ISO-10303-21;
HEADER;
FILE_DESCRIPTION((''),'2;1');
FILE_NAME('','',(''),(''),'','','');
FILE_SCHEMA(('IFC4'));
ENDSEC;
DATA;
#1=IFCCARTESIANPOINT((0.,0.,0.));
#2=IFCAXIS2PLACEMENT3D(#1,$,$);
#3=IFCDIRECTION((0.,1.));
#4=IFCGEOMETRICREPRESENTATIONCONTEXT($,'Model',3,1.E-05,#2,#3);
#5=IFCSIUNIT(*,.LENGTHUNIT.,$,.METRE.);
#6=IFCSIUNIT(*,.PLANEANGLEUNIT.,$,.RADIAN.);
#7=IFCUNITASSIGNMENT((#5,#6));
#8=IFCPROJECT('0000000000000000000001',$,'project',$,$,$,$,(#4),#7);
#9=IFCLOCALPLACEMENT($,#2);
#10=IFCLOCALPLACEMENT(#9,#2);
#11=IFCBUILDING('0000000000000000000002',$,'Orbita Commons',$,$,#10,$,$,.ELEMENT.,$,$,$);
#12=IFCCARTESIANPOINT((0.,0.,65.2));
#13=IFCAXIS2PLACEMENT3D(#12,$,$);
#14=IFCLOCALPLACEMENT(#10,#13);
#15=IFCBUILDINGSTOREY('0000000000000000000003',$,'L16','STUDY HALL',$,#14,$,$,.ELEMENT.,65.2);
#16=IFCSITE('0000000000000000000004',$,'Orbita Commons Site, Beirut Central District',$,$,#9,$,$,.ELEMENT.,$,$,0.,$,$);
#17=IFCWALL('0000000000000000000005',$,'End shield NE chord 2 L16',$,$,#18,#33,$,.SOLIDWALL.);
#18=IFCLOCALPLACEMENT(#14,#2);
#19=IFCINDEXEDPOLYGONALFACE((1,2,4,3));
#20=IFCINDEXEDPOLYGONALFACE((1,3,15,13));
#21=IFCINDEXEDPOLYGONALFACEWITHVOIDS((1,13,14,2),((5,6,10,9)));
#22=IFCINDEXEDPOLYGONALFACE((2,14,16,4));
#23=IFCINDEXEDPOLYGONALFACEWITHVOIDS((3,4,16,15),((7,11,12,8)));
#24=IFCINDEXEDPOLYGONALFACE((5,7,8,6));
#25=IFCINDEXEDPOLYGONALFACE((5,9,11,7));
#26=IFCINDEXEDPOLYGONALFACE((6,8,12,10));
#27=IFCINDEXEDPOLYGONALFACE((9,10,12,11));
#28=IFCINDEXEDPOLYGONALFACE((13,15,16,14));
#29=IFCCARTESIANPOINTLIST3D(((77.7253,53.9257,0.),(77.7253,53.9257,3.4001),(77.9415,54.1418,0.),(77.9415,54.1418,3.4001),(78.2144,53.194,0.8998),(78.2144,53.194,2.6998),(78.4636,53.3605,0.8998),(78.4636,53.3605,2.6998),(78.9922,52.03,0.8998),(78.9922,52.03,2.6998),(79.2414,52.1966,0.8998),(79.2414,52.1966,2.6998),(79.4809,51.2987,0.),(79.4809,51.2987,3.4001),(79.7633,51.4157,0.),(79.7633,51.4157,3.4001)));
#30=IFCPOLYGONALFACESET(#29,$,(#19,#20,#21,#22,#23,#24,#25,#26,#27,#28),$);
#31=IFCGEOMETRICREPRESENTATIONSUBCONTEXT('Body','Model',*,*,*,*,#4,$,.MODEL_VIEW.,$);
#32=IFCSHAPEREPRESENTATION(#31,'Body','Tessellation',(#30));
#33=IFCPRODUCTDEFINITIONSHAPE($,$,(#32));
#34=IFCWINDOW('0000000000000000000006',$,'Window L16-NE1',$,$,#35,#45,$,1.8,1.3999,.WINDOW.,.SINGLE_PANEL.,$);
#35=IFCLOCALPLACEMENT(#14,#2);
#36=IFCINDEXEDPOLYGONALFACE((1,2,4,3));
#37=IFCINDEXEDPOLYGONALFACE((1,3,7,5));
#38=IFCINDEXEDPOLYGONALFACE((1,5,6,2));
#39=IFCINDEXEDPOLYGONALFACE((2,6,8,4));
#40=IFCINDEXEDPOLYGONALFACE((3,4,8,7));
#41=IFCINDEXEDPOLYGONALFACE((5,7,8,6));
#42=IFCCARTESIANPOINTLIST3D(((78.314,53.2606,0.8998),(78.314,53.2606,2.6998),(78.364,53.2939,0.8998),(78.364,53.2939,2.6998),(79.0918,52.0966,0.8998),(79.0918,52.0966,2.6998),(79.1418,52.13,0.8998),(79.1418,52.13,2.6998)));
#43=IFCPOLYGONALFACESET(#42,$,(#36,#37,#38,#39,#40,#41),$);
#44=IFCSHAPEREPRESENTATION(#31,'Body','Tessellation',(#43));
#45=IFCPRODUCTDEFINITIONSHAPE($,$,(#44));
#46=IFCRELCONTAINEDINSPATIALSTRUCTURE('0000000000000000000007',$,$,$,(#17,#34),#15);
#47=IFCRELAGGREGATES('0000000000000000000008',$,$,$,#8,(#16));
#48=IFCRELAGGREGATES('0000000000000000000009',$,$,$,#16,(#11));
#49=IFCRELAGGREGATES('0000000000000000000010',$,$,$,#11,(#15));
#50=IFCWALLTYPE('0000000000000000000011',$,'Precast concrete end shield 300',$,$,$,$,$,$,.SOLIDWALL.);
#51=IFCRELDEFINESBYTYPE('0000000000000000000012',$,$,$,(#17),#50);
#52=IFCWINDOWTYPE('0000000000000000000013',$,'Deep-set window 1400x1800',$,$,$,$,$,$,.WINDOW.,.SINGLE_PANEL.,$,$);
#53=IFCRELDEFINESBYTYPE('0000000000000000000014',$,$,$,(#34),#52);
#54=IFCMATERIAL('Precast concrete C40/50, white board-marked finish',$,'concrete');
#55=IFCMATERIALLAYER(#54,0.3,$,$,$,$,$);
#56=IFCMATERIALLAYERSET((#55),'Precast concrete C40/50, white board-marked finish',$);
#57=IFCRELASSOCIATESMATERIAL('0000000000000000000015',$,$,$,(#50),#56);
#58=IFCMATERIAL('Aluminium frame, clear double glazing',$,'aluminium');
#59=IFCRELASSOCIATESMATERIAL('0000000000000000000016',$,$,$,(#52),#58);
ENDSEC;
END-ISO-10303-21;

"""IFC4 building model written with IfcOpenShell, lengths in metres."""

from ifc_helpers import new_model, si_unit, direction, frame, frame_2d, origin, place, context, subcontext, project, spatial, polyline, rectangle, outline, extrude, material, layer, layer_set, type_object, element, fill, save


model = new_model("IFC4")

# Units and contexts
model_context = context("Model", 3, precision=1e-05, world=origin(), true_north=direction((0.0, 1.0)))
body_context = subcontext(model_context, "Body", "Model", "MODEL_VIEW")
ifc_project = project(units=[si_unit("LENGTHUNIT", "METRE"), si_unit("PLANEANGLEUNIT", "RADIAN")], contexts=[model_context])

# Site, building, storey
site_placement = place(None, origin())
site = spatial("IfcSite", under=ifc_project, at=site_placement, Name="Orbita Commons Site, Beirut Central District", CompositionType="ELEMENT", RefElevation=0.0)
building_placement = place(site_placement, origin())
building = spatial("IfcBuilding", under=site, at=building_placement, Name="Orbita Commons", CompositionType="ELEMENT")
storey_placement = place(building_placement, frame((0.0, 0.0, 65.2)))
storey = spatial("IfcBuildingStorey", under=building, at=storey_placement, Name="L16", Description="STUDY HALL", CompositionType="ELEMENT", Elevation=65.2)

# Wall, opening, window
ifc_material_1 = material(Name="Precast concrete C40/50, white board-marked finish", Category="concrete")
ifc_layer_1 = layer(ifc_material_1, 0.3)
ifc_layer_set_1 = layer_set([ifc_layer_1], Name="Precast concrete C40/50, white board-marked finish")
wall_type_1 = type_object("IfcWallType", Name="Precast concrete end shield 300", PredefinedType="SOLIDWALL", material=ifc_layer_set_1)
wall_1_placement = place(storey_placement, frame((79.6221, 51.3572, 0.0), z_axis=(0.0, 0.0, 1.0), x_axis=(-0.55561, 0.831443, 0.0)))
wall_1 = element("IfcWall", 1, at=wall_1_placement, inside=storey, type_object=wall_type_1, Name="End shield NE chord 2 L16", PredefinedType="SOLIDWALL", context=body_context, shape_type="SweptSolid", body=[
    extrude(outline(polyline([(-0.0298, -0.1499), (3.249, -0.1499), (3.1895, 0.1499), (0.0298, 0.1499), (-0.0298, -0.1499)])), origin(), (0.0, 0.0, 1.0), 3.4001),
])
opening_1_placement = place(wall_1_placement, frame((0.9094, 0.0, 0.8999)))
opening_1 = element("IfcOpeningElement", 2, at=opening_1_placement, cuts=wall_1, PredefinedType="OPENING", context=body_context, shape_type="SweptSolid", body=[
    extrude(rectangle(XDim=1.3999, YDim=1.8, at=frame_2d((0.7, 0.8999))), frame((0.0, 0.1599, 0.0), z_axis=(0.0, -1.0, 0.0), x_axis=(1.0, 0.0, 0.0)), (0.0, 0.0, 1.0), 0.3201),
])
ifc_material_2 = material(Name="Aluminium frame, clear double glazing", Category="aluminium")
window_type = type_object("IfcWindowType", Name="Deep-set window 1400x1800", PartitioningType="SINGLE_PANEL", PredefinedType="WINDOW", material=ifc_material_2)
window_placement = place(opening_1_placement, origin())
window = element("IfcWindow", 3, at=window_placement, inside=storey, type_object=window_type, Name="Window L16-NE1", OverallHeight=1.8, OverallWidth=1.3999, PartitioningType="SINGLE_PANEL", PredefinedType="WINDOW", context=body_context, shape_type="SweptSolid", body=[
    extrude(rectangle(XDim=1.3999, YDim=1.8, at=frame_2d((0.7, 0.8999))), frame((0.0, 0.03, 0.0), z_axis=(0.0, -1.0, 0.0), x_axis=(1.0, 0.0, 0.0)), (0.0, 0.0, 1.0), 0.0601),
])
fill(opening_1, window)

save(model, "model.ifc")
